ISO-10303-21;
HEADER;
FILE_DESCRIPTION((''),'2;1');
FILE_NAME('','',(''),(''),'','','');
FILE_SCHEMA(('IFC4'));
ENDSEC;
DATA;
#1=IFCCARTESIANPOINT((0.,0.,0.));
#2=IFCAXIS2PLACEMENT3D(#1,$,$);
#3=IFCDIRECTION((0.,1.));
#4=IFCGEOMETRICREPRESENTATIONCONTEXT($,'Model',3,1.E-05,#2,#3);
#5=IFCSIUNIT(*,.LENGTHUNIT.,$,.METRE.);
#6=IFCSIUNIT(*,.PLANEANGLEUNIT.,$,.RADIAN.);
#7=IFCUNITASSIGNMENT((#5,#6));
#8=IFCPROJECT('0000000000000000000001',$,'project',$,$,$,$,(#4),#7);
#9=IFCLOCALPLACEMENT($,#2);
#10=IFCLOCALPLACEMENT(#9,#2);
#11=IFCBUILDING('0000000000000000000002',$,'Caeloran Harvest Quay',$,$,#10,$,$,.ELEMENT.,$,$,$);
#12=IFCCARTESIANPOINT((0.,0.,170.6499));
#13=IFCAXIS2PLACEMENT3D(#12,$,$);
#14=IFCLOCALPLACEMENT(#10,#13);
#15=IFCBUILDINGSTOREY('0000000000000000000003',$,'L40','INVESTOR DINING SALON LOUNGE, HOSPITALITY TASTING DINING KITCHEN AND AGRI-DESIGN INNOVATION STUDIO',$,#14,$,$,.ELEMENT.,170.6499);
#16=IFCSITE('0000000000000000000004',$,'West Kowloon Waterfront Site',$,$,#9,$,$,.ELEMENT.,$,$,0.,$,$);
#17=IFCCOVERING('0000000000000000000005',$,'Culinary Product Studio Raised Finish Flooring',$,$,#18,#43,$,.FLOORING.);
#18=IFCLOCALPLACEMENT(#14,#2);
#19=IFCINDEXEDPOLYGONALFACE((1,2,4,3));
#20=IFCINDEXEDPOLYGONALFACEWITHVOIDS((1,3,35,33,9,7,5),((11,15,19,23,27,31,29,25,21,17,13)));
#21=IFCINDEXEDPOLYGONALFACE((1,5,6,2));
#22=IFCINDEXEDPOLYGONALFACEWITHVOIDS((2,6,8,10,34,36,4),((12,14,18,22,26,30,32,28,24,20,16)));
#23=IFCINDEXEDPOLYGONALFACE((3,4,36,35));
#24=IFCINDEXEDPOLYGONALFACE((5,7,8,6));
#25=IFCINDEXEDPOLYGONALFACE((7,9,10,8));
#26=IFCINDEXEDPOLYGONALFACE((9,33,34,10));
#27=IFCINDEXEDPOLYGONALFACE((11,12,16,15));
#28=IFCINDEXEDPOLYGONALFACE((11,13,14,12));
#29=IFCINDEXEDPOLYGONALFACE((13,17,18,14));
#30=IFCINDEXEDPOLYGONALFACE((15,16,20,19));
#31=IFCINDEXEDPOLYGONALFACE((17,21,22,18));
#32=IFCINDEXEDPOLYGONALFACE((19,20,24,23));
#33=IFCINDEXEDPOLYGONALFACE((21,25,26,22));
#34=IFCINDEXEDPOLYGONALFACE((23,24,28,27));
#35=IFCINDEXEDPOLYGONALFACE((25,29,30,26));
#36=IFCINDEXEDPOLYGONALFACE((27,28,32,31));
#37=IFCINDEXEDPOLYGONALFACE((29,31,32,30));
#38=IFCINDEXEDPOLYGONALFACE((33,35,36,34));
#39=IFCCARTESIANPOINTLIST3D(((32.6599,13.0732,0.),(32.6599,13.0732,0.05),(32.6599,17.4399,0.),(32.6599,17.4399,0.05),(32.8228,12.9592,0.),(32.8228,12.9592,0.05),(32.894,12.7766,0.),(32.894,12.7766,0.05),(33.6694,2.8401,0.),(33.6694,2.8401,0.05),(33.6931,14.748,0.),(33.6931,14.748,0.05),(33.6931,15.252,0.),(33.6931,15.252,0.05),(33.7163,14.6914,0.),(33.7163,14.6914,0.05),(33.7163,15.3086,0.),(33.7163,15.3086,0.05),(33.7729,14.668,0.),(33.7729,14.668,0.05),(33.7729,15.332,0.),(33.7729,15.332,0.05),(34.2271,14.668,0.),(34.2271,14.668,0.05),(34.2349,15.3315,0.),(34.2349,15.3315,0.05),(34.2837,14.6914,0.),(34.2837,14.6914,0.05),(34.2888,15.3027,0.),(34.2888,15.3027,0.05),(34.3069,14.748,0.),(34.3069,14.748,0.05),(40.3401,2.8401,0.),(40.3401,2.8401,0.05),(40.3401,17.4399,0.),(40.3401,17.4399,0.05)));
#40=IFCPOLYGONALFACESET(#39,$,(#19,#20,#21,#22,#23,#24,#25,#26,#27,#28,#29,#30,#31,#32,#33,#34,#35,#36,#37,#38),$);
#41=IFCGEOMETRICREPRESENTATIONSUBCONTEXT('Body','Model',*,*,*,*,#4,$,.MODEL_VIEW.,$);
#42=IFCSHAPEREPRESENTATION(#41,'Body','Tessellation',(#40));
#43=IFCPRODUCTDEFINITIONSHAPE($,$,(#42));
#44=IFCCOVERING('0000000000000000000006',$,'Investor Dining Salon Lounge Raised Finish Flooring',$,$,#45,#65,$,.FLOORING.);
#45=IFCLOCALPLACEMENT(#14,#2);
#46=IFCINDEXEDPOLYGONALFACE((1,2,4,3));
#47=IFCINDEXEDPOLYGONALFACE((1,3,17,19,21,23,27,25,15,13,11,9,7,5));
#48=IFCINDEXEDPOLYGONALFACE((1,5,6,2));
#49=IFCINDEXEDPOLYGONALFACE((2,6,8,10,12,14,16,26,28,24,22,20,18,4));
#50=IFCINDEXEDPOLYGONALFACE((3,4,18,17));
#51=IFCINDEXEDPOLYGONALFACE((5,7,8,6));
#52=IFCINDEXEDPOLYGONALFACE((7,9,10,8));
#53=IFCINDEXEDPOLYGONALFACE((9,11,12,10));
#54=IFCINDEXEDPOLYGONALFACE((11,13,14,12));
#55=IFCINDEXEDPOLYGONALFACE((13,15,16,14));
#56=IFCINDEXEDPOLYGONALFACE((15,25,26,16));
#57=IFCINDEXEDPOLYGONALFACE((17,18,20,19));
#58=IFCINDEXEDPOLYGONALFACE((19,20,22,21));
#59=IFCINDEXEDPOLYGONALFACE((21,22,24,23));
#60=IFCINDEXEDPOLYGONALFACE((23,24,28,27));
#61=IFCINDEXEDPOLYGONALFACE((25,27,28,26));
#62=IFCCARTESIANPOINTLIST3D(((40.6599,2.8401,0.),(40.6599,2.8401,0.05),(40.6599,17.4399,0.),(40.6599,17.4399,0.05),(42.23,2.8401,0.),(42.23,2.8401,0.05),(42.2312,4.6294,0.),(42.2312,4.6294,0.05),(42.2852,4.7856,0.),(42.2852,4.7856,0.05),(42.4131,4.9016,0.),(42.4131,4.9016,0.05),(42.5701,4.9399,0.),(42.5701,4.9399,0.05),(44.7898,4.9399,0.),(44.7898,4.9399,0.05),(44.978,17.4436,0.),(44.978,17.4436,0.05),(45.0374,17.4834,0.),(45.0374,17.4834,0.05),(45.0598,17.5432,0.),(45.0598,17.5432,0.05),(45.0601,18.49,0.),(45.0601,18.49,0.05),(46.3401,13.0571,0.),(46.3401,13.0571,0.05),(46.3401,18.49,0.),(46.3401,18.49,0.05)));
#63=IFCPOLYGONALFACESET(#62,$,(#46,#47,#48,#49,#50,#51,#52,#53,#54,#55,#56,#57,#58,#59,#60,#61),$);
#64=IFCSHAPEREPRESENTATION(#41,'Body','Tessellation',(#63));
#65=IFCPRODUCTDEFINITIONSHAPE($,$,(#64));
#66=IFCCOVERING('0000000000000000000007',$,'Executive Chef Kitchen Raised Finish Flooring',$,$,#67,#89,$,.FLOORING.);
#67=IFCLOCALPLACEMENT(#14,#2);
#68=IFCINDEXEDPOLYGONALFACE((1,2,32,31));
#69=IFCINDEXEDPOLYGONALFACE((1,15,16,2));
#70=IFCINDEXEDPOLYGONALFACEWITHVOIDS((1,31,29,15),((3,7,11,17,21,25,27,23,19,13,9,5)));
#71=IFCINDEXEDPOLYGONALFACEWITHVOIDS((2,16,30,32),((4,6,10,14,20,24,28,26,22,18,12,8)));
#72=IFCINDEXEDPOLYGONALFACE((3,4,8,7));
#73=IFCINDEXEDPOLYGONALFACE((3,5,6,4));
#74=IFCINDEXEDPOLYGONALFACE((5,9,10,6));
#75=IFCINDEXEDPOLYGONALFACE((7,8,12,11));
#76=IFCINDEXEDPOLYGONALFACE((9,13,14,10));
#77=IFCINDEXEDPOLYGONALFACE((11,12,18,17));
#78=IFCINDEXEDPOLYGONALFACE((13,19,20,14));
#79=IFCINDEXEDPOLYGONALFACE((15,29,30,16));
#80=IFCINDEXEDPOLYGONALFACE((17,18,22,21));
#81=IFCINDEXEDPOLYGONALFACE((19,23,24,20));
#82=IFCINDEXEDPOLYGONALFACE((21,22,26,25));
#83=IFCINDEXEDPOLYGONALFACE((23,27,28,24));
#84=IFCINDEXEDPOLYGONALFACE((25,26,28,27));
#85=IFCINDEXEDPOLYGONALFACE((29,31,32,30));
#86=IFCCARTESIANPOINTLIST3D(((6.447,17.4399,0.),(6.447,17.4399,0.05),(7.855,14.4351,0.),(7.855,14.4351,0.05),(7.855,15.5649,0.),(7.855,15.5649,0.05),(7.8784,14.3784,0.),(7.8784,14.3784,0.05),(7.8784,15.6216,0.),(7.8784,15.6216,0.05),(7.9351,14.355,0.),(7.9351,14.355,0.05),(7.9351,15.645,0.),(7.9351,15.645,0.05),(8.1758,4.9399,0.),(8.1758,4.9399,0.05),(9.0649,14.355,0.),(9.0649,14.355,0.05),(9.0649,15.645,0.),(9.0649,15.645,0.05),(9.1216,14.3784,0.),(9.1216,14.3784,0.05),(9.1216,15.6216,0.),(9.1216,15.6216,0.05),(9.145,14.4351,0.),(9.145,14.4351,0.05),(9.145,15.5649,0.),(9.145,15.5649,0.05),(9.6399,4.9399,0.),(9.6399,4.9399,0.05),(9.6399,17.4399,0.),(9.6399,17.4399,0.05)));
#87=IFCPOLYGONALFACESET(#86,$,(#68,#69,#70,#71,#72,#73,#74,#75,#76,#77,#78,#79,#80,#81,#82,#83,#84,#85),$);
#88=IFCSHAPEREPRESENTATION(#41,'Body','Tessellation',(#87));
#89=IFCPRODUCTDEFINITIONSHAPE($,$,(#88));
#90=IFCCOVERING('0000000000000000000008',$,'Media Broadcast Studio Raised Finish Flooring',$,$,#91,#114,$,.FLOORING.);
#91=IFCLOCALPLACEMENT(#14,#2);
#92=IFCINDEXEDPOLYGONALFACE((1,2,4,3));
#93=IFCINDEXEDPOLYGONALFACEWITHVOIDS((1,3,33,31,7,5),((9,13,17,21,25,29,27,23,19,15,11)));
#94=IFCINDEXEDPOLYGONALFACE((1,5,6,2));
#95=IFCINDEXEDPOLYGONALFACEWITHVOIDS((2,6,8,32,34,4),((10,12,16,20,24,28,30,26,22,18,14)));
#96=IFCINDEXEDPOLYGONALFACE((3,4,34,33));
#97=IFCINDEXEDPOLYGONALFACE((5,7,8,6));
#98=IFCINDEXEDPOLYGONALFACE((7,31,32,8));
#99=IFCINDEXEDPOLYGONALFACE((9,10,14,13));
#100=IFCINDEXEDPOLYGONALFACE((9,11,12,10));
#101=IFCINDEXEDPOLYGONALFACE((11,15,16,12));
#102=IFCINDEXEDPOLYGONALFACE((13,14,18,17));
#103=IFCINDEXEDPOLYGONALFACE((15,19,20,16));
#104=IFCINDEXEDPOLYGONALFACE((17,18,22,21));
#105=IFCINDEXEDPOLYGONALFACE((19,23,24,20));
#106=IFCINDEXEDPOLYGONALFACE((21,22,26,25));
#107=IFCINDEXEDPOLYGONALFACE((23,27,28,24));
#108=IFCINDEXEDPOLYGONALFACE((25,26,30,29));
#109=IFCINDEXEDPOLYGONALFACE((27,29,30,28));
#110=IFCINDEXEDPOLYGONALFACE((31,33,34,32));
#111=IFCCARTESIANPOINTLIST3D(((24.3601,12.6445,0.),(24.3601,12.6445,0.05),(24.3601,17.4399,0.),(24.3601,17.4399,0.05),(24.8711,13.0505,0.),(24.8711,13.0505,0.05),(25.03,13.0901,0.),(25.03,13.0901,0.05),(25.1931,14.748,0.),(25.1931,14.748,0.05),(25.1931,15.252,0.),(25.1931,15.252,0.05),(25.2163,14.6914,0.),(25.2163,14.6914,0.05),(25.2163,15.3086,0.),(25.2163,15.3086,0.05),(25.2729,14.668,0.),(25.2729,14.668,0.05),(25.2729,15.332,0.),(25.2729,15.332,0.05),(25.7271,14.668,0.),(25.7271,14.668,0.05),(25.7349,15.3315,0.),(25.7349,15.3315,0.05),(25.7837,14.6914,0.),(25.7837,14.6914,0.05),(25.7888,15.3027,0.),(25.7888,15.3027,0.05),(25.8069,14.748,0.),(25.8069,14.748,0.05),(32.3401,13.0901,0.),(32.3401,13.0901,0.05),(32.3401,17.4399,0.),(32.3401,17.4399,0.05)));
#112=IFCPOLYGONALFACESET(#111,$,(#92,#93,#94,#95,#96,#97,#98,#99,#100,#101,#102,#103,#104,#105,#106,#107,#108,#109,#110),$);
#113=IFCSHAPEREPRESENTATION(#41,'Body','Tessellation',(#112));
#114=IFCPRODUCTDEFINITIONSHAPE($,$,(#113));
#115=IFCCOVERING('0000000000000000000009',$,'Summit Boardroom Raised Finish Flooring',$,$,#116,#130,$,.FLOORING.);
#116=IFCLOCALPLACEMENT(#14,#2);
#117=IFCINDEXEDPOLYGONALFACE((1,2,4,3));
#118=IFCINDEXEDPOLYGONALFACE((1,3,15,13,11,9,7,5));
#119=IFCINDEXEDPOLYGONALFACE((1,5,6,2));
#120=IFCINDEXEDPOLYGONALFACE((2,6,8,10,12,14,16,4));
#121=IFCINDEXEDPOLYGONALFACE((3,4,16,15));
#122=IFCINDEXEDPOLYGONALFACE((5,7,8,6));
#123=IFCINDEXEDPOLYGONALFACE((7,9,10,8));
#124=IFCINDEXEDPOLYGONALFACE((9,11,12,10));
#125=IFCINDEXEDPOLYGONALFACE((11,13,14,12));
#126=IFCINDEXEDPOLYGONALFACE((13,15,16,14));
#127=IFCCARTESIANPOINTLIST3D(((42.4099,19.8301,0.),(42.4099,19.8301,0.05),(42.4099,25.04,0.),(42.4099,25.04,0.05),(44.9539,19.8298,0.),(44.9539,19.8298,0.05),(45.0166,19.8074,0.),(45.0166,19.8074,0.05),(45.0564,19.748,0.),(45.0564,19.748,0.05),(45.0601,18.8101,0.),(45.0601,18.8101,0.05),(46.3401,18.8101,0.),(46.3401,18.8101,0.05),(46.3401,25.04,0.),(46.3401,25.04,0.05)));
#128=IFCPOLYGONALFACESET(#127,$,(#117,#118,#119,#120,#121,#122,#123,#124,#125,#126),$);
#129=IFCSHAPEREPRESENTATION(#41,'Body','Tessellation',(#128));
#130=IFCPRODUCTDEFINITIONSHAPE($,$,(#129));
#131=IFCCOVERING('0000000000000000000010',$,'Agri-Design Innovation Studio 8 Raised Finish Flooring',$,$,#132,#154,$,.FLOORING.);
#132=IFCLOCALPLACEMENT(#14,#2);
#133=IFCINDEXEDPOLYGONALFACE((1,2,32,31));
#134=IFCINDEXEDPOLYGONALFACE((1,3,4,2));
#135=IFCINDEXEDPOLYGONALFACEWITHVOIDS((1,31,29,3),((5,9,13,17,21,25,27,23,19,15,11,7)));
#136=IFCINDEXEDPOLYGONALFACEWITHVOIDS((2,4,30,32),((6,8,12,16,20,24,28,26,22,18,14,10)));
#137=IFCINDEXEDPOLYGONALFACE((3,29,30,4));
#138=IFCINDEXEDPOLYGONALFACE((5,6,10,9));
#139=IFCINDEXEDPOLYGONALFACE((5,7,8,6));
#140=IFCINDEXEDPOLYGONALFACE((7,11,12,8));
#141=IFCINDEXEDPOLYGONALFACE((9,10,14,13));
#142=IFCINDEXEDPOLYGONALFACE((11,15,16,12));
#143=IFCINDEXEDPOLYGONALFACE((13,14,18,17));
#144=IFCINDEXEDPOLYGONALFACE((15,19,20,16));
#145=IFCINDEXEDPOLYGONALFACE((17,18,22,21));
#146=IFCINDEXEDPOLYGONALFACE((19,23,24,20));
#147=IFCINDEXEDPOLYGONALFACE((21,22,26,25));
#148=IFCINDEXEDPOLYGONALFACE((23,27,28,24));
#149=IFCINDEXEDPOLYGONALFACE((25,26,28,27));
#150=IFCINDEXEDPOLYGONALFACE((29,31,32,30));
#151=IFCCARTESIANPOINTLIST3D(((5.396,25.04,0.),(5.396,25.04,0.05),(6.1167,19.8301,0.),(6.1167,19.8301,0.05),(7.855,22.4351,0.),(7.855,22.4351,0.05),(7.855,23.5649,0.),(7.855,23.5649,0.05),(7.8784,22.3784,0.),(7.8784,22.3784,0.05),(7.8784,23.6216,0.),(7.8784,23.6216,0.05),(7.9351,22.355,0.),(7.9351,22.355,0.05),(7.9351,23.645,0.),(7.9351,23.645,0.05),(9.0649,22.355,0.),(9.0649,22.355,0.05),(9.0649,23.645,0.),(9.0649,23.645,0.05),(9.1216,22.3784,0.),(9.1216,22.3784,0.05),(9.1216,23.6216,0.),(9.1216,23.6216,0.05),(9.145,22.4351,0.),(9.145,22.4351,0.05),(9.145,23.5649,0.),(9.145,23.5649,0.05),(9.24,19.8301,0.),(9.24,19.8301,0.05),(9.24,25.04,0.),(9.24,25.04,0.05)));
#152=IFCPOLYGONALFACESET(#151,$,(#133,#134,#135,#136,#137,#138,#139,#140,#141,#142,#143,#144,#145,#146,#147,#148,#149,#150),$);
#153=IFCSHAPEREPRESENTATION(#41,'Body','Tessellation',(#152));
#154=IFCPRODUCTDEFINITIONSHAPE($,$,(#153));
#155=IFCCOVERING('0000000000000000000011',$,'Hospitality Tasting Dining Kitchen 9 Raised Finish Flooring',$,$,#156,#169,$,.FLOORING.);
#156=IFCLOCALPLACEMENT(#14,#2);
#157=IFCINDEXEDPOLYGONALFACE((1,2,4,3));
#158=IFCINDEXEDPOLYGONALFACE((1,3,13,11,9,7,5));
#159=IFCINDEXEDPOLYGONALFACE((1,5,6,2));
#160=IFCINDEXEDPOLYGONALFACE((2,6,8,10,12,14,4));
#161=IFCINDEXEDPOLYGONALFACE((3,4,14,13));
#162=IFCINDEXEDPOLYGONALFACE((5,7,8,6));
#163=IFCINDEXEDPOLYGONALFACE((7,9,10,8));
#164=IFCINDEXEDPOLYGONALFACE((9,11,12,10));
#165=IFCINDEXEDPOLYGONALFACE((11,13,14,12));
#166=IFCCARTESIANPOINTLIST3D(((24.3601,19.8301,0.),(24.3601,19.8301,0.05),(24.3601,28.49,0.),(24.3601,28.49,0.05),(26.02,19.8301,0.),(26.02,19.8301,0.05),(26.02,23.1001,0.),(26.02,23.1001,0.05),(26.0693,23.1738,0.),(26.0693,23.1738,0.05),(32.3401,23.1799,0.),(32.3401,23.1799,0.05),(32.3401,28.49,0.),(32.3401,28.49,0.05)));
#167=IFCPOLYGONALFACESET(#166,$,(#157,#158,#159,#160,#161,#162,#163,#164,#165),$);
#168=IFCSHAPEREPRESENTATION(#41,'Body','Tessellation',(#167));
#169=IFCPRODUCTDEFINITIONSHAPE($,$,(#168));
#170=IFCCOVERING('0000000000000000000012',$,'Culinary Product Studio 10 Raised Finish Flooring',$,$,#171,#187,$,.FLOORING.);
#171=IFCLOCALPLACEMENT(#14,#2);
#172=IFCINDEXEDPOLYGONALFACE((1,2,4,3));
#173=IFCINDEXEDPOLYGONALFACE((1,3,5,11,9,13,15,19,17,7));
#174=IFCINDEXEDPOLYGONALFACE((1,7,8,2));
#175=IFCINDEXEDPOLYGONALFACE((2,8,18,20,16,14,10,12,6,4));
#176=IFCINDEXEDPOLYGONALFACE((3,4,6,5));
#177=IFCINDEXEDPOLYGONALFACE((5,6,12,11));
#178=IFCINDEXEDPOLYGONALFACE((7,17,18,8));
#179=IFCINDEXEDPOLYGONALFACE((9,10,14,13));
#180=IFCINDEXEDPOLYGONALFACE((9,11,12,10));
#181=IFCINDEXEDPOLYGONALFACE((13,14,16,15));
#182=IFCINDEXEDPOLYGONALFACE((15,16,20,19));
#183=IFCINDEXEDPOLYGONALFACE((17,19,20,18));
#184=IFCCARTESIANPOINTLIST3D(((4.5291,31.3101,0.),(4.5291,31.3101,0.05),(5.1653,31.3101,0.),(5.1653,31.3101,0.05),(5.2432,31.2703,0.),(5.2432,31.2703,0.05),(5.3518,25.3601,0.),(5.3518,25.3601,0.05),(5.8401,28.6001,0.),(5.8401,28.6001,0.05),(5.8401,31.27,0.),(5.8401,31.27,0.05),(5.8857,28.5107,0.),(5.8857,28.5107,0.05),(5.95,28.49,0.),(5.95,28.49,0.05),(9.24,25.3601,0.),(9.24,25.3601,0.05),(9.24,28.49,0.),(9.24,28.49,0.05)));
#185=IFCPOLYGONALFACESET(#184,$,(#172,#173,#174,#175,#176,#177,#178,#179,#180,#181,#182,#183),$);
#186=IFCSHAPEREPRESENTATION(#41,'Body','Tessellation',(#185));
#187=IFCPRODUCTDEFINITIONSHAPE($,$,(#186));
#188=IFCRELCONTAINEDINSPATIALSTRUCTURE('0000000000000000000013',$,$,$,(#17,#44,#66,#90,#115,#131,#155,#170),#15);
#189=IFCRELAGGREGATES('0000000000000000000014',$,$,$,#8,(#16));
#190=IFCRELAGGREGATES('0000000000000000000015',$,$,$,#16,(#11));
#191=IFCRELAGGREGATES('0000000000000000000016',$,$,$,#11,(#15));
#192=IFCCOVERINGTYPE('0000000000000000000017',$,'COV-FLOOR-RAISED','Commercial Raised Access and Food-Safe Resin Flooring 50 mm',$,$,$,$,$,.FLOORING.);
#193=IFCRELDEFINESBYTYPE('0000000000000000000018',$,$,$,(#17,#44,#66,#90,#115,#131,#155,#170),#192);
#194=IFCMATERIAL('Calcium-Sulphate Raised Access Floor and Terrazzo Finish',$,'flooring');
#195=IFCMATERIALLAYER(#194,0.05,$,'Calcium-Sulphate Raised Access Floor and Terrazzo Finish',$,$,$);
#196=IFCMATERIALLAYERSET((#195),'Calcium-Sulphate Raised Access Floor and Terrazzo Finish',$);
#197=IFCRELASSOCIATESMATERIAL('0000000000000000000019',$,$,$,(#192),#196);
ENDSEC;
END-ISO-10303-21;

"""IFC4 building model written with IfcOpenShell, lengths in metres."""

from ifc_helpers import new_model, si_unit, direction, frame, origin, place, context, subcontext, project, spatial, polyline, outline, extrude, material, layer, layer_set, type_object, element, save


model = new_model("IFC4")

# Units and contexts
model_context = context("Model", 3, precision=1e-05, world=origin(), true_north=direction((0.0, 1.0)))
body_context = subcontext(model_context, "Body", "Model", "MODEL_VIEW")
ifc_project = project(units=[si_unit("LENGTHUNIT", "METRE"), si_unit("PLANEANGLEUNIT", "RADIAN")], contexts=[model_context])

# Site, building, storey
site_placement = place(None, origin())
site = spatial("IfcSite", under=ifc_project, at=site_placement, Name="West Kowloon Waterfront Site", CompositionType="ELEMENT", RefElevation=0.0)
building_placement = place(site_placement, origin())
building = spatial("IfcBuilding", under=site, at=building_placement, Name="Caeloran Harvest Quay", CompositionType="ELEMENT")
storey_placement = place(building_placement, frame((0.0, 0.0, 170.6499)))
storey = spatial("IfcBuildingStorey", under=building, at=storey_placement, Name="L40", Description="INVESTOR DINING SALON LOUNGE, HOSPITALITY TASTING DINING KITCHEN AND AGRI-DESIGN INNOVATION STUDIO", CompositionType="ELEMENT", Elevation=170.6499)

# Coverings
ifc_material_1 = material(Name="Calcium-Sulphate Raised Access Floor and Terrazzo Finish", Category="flooring")
ifc_layer_1 = layer(ifc_material_1, 0.05, Name="Calcium-Sulphate Raised Access Floor and Terrazzo Finish")
ifc_layer_set_1 = layer_set([ifc_layer_1], Name="Calcium-Sulphate Raised Access Floor and Terrazzo Finish")
covering_type_1 = type_object("IfcCoveringType", Name="COV-FLOOR-RAISED", Description="Commercial Raised Access and Food-Safe Resin Flooring 50 mm", PredefinedType="FLOORING", material=ifc_layer_set_1)
covering_1_placement = place(storey_placement, origin())
element("IfcCovering", 1, at=covering_1_placement, inside=storey, type_object=covering_type_1, Name="Culinary Product Studio Raised Finish Flooring", PredefinedType="FLOORING", context=body_context, shape_type="SweptSolid", body=[
    extrude(outline(polyline([(32.6599, 13.0732), (32.6599, 17.4399), (40.3401, 17.4399), (40.3401, 2.8401), (33.6694, 2.8401), (32.894, 12.7766), (32.8228, 12.9592), (32.6599, 13.0732)]), holes=[polyline([(34.3069, 14.748), (34.2888, 15.3027), (34.2349, 15.3315), (33.7729, 15.332), (33.7163, 15.3086), (33.6931, 15.252), (33.6931, 14.748), (33.7163, 14.6914), (33.7729, 14.668), (34.2271, 14.668), (34.2837, 14.6914), (34.3069, 14.748)])]), origin(), (0.0, 0.0, 1.0), 0.05),
])
covering_2_placement = place(storey_placement, origin())
element("IfcCovering", 2, at=covering_2_placement, inside=storey, type_object=covering_type_1, Name="Investor Dining Salon Lounge Raised Finish Flooring", PredefinedType="FLOORING", context=body_context, shape_type="SweptSolid", body=[
    extrude(outline(polyline([(44.978, 17.4436), (45.0374, 17.4834), (45.0598, 17.5432), (45.0601, 18.49), (46.3401, 18.49), (46.3401, 13.0571), (44.7898, 4.9399), (42.5701, 4.9399), (42.4131, 4.9016), (42.2852, 4.7856), (42.2312, 4.6294), (42.23, 2.8401), (40.6599, 2.8401), (40.6599, 17.4399), (44.978, 17.4436)])), origin(), (0.0, 0.0, 1.0), 0.05),
])
covering_3_placement = place(storey_placement, origin())
element("IfcCovering", 3, at=covering_3_placement, inside=storey, type_object=covering_type_1, Name="Executive Chef Kitchen Raised Finish Flooring", PredefinedType="FLOORING", context=body_context, shape_type="SweptSolid", body=[
    extrude(outline(polyline([(9.6399, 4.9399), (8.1758, 4.9399), (6.447, 17.4399), (9.6399, 17.4399), (9.6399, 4.9399)]), holes=[polyline([(7.9351, 15.645), (7.8784, 15.6216), (7.855, 15.5649), (7.855, 14.4351), (7.8784, 14.3784), (7.9351, 14.355), (9.0649, 14.355), (9.1216, 14.3784), (9.145, 14.4351), (9.145, 15.5649), (9.1216, 15.6216), (9.0649, 15.645), (7.9351, 15.645)])]), origin(), (0.0, 0.0, 1.0), 0.05),
])
covering_4_placement = place(storey_placement, origin())
element("IfcCovering", 4, at=covering_4_placement, inside=storey, type_object=covering_type_1, Name="Media Broadcast Studio Raised Finish Flooring", PredefinedType="FLOORING", context=body_context, shape_type="SweptSolid", body=[
    extrude(outline(polyline([(24.8711, 13.0505), (24.3601, 12.6445), (24.3601, 17.4399), (32.3401, 17.4399), (32.3401, 13.0901), (25.03, 13.0901), (24.8711, 13.0505)]), holes=[polyline([(25.8069, 14.748), (25.7888, 15.3027), (25.7349, 15.3315), (25.2729, 15.332), (25.2163, 15.3086), (25.1931, 15.252), (25.1931, 14.748), (25.2163, 14.6914), (25.2729, 14.668), (25.7271, 14.668), (25.7837, 14.6914), (25.8069, 14.748)])]), origin(), (0.0, 0.0, 1.0), 0.05),
])
covering_5_placement = place(storey_placement, origin())
element("IfcCovering", 5, at=covering_5_placement, inside=storey, type_object=covering_type_1, Name="Summit Boardroom Raised Finish Flooring", PredefinedType="FLOORING", context=body_context, shape_type="SweptSolid", body=[
    extrude(outline(polyline([(45.0564, 19.748), (45.0166, 19.8074), (44.9539, 19.8298), (42.4099, 19.8301), (42.4099, 25.04), (46.3401, 25.04), (46.3401, 18.8101), (45.0601, 18.8101), (45.0564, 19.748)])), origin(), (0.0, 0.0, 1.0), 0.05),
])
covering_6_placement = place(storey_placement, origin())
element("IfcCovering", 6, at=covering_6_placement, inside=storey, type_object=covering_type_1, Name="Agri-Design Innovation Studio 8 Raised Finish Flooring", PredefinedType="FLOORING", context=body_context, shape_type="SweptSolid", body=[
    extrude(outline(polyline([(9.24, 25.04), (9.24, 19.8301), (6.1167, 19.8301), (5.396, 25.04), (9.24, 25.04)]), holes=[polyline([(9.145, 23.5649), (9.1216, 23.6216), (9.0649, 23.645), (7.9351, 23.645), (7.8784, 23.6216), (7.855, 23.5649), (7.855, 22.4351), (7.8784, 22.3784), (7.9351, 22.355), (9.0649, 22.355), (9.1216, 22.3784), (9.145, 22.4351), (9.145, 23.5649)])]), origin(), (0.0, 0.0, 1.0), 0.05),
])
covering_7_placement = place(storey_placement, origin())
element("IfcCovering", 7, at=covering_7_placement, inside=storey, type_object=covering_type_1, Name="Hospitality Tasting Dining Kitchen 9 Raised Finish Flooring", PredefinedType="FLOORING", context=body_context, shape_type="SweptSolid", body=[
    extrude(outline(polyline([(32.3401, 28.49), (32.3401, 23.1799), (26.0693, 23.1738), (26.02, 23.1001), (26.02, 19.8301), (24.3601, 19.8301), (24.3601, 28.49), (32.3401, 28.49)])), origin(), (0.0, 0.0, 1.0), 0.05),
])
covering_8_placement = place(storey_placement, origin())
element("IfcCovering", 8, at=covering_8_placement, inside=storey, type_object=covering_type_1, Name="Culinary Product Studio 10 Raised Finish Flooring", PredefinedType="FLOORING", context=body_context, shape_type="SweptSolid", body=[
    extrude(outline(polyline([(5.1653, 31.3101), (5.2432, 31.2703), (5.8401, 31.27), (5.8401, 28.6001), (5.8857, 28.5107), (5.95, 28.49), (9.24, 28.49), (9.24, 25.3601), (5.3518, 25.3601), (4.5291, 31.3101), (5.1653, 31.3101)])), origin(), (0.0, 0.0, 1.0), 0.05),
])

save(model, "model.ifc")
